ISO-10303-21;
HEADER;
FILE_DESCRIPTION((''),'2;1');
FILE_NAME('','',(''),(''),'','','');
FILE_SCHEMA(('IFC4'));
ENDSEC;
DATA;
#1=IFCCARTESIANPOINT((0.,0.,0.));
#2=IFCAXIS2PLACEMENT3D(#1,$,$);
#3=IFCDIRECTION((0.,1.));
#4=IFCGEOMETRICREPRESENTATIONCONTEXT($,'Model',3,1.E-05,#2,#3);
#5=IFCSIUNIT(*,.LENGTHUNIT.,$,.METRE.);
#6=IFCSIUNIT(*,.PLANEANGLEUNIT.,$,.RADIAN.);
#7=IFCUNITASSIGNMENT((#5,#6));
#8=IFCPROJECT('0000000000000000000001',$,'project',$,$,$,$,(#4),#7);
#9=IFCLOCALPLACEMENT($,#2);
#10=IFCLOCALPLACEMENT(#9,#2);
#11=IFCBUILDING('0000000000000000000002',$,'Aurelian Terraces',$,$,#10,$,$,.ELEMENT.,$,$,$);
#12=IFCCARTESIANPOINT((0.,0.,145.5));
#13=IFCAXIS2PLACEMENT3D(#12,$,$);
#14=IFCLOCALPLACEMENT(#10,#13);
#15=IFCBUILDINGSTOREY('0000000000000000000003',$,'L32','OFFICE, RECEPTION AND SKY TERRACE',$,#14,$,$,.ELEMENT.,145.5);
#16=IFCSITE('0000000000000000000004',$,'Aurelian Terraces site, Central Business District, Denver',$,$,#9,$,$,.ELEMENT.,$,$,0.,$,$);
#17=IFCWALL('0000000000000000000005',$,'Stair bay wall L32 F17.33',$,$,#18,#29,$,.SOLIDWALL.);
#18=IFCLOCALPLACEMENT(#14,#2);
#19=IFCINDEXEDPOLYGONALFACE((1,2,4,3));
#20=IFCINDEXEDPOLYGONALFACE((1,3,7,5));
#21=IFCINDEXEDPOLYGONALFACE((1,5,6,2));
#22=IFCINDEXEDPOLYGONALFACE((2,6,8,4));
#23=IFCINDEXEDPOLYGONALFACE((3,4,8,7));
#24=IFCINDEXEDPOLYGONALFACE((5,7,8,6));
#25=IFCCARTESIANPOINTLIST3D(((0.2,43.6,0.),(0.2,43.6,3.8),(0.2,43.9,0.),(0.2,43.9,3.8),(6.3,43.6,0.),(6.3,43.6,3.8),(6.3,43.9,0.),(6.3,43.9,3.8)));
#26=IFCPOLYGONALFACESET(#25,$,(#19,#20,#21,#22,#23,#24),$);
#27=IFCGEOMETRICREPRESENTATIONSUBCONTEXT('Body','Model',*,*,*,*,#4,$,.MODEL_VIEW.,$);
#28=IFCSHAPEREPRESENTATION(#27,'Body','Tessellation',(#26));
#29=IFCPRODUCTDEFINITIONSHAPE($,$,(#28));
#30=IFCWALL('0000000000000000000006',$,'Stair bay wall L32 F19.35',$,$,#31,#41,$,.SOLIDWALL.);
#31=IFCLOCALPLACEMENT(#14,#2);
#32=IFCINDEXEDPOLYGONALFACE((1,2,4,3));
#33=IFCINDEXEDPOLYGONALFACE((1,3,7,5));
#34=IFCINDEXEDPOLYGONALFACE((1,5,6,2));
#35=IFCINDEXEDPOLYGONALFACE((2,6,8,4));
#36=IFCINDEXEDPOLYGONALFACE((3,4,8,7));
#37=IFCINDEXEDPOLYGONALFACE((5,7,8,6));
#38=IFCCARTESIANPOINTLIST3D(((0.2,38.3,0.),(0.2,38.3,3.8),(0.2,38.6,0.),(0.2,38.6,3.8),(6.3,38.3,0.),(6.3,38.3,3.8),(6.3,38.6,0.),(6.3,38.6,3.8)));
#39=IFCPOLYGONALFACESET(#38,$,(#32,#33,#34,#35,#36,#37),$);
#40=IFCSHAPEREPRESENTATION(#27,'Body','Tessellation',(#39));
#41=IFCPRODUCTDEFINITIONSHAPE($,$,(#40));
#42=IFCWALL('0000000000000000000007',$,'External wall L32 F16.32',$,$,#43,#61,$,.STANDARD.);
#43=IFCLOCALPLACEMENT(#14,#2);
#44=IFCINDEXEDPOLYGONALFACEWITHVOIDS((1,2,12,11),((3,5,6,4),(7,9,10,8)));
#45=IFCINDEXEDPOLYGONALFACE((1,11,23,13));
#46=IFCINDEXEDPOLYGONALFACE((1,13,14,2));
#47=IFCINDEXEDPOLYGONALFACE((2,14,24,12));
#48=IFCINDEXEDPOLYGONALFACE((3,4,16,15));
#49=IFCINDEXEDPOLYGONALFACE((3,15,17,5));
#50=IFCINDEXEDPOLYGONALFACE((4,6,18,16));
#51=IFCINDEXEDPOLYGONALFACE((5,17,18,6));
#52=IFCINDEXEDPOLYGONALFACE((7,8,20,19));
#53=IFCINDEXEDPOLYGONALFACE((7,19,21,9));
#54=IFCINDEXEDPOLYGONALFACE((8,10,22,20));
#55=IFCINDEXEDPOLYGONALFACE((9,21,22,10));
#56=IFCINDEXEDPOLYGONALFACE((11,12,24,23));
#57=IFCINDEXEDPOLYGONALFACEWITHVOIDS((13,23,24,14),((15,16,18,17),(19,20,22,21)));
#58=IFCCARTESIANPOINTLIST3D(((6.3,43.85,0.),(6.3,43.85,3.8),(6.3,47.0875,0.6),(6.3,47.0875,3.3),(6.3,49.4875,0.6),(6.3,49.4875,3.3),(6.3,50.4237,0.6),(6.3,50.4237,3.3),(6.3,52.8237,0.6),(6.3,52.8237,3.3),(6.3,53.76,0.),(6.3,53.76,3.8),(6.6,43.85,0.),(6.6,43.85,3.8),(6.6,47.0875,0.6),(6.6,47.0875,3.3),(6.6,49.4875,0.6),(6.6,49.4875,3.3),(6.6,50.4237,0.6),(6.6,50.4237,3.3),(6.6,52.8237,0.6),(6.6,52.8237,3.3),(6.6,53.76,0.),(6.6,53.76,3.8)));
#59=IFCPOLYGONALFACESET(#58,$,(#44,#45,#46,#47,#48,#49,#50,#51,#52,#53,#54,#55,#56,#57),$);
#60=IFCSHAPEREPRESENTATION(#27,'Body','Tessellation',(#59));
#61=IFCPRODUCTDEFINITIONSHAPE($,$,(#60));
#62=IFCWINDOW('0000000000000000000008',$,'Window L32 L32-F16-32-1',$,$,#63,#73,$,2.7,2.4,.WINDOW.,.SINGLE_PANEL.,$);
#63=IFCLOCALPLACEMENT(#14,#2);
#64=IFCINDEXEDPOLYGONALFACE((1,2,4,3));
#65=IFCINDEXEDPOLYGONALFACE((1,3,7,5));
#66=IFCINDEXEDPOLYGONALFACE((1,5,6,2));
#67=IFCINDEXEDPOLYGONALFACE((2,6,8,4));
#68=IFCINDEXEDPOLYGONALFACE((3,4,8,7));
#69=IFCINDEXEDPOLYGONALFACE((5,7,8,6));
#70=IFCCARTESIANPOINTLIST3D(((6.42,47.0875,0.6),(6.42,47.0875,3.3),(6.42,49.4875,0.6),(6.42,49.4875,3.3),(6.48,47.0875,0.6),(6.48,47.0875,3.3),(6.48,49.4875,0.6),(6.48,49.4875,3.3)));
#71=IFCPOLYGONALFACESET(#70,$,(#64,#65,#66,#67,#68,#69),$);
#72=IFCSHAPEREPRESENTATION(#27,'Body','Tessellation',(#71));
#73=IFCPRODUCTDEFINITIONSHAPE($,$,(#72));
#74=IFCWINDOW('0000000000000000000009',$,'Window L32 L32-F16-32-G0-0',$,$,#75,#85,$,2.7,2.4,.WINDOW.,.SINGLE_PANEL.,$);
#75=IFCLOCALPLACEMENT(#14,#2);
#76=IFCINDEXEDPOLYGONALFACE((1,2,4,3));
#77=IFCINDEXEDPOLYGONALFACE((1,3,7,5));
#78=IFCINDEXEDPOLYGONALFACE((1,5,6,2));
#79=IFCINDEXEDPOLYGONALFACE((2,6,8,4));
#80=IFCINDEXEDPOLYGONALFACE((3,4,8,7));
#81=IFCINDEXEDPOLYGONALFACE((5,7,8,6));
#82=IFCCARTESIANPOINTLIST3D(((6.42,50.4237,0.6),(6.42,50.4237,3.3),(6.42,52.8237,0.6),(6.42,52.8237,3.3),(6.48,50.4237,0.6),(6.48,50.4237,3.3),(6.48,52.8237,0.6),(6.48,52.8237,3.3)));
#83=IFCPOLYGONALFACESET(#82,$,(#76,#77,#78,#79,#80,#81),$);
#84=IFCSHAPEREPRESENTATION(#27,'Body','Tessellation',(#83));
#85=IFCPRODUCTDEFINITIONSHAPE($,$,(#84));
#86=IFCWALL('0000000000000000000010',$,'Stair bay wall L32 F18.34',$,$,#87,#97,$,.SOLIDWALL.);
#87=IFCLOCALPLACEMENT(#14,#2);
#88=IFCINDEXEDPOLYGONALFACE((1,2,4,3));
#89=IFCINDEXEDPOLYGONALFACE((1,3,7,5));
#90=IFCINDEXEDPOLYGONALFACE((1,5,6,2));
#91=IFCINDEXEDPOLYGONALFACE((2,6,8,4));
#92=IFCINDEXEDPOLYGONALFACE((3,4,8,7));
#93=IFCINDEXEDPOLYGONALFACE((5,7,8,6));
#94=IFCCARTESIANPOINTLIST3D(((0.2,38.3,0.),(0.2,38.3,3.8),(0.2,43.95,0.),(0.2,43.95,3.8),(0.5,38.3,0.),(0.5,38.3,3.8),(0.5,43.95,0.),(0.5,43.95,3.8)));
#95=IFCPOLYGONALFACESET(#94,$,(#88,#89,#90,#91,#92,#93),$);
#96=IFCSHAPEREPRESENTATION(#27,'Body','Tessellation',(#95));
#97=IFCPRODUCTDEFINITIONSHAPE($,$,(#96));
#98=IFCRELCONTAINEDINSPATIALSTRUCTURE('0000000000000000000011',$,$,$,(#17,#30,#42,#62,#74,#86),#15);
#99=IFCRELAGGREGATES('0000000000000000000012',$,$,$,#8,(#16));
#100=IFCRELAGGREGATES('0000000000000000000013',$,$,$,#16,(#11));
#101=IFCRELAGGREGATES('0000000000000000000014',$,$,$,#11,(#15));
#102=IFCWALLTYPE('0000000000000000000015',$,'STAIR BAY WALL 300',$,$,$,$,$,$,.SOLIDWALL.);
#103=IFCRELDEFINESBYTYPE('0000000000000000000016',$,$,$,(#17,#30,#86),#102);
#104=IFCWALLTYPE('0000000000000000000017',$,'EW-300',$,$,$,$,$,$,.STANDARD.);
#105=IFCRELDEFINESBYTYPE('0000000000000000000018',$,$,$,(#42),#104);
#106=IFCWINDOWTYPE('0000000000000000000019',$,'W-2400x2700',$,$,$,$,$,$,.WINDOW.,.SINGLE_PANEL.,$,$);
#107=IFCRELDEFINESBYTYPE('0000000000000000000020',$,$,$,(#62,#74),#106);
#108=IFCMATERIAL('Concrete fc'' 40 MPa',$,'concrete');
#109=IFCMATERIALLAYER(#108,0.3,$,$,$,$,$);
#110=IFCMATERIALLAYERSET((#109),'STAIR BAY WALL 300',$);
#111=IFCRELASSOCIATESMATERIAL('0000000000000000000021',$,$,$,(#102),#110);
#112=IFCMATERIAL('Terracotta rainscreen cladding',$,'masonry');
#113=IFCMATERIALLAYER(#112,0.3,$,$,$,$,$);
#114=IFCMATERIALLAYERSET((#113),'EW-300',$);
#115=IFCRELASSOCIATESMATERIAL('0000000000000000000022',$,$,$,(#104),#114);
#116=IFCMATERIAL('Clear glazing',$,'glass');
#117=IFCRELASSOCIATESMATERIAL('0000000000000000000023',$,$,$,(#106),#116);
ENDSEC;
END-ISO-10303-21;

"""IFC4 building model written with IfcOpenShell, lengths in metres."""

from ifc_helpers import new_model, si_unit, direction, frame, frame_2d, origin, place, context, subcontext, project, spatial, rectangle, extrude, source, transform, mapped, material, layer, layer_set, type_object, element, fill, save


model = new_model("IFC4")

# Units and contexts
model_context = context("Model", 3, precision=1e-05, world=origin(), true_north=direction((0.0, 1.0)))
body_context = subcontext(model_context, "Body", "Model", "MODEL_VIEW")
ifc_project = project(units=[si_unit("LENGTHUNIT", "METRE"), si_unit("PLANEANGLEUNIT", "RADIAN")], contexts=[model_context])

# Site, building, storey
site_placement = place(None, origin())
site = spatial("IfcSite", under=ifc_project, at=site_placement, Name="Aurelian Terraces site, Central Business District, Denver", CompositionType="ELEMENT", RefElevation=0.0)
building_placement = place(site_placement, origin())
building = spatial("IfcBuilding", under=site, at=building_placement, Name="Aurelian Terraces", CompositionType="ELEMENT")
storey_placement = place(building_placement, frame((0.0, 0.0, 145.5)))
storey = spatial("IfcBuildingStorey", under=building, at=storey_placement, Name="L32", Description="OFFICE, RECEPTION AND SKY TERRACE", CompositionType="ELEMENT", Elevation=145.5)

# Walls
ifc_material_1 = material(Name="Concrete fc' 40 MPa", Category="concrete")
ifc_layer_1 = layer(ifc_material_1, 0.3)
ifc_layer_set_1 = layer_set([ifc_layer_1], Name="STAIR BAY WALL 300")
wall_type_1 = type_object("IfcWallType", Name="STAIR BAY WALL 300", PredefinedType="SOLIDWALL", material=ifc_layer_set_1)
shared_shape_1 = source(origin(), body_context, "Body", "SweptSolid", [
    extrude(rectangle(XDim=6.1, YDim=0.3, at=frame_2d((3.05, 0.0))), origin(), (0.0, 0.0, 1.0), 3.8),
])
for number, where, z_axis, x_axis, name in (
    (1, (6.3, 43.75, 0.0), (0.0, 0.0, 1.0), (-1.0, 0.0, 0.0), "Stair bay wall L32 F17.33"),
    (2, (0.2, 38.45, 0.0), (0.0, 0.0, 1.0), (1.0, 0.0, 0.0), "Stair bay wall L32 F19.35"),
):
    element("IfcWall", number, at=place(storey_placement, frame(where, z_axis=z_axis, x_axis=x_axis)), inside=storey, type_object=wall_type_1, Name=name, PredefinedType="SOLIDWALL", context=body_context, shape_type="MappedRepresentation", body=[
        mapped(shared_shape_1, transform((0.0, 0.0, 0.0), scale=1.0)),
    ])

# Wall, openings, windows
ifc_material_2 = material(Name="Terracotta rainscreen cladding", Category="masonry")
ifc_layer_2 = layer(ifc_material_2, 0.3)
ifc_layer_set_2 = layer_set([ifc_layer_2], Name="EW-300")
wall_type_2 = type_object("IfcWallType", Name="EW-300", PredefinedType="STANDARD", material=ifc_layer_set_2)
shared_shape_2 = source(origin(), body_context, "Body", "SweptSolid", [
    extrude(rectangle(XDim=9.91, YDim=0.3, at=frame_2d((4.955, 0.0))), origin(), (0.0, 0.0, 1.0), 3.8),
])
wall_1_placement = place(storey_placement, frame((6.45, 53.76, 0.0), z_axis=(0.0, 0.0, 1.0), x_axis=(0.0, -1.0, 0.0)))
wall_1 = element("IfcWall", 3, at=wall_1_placement, inside=storey, type_object=wall_type_2, Name="External wall L32 F16.32", PredefinedType="STANDARD", context=body_context, shape_type="MappedRepresentation", body=[
    mapped(shared_shape_2, transform((0.0, 0.0, 0.0), scale=1.0)),
])
shared_shape_3 = source(origin(), body_context, "Body", "SweptSolid", [
    extrude(rectangle(XDim=2.4, YDim=2.7, at=frame_2d((1.2, 1.35))), frame((0.0, 0.16, 0.0), z_axis=(0.0, -1.0, 0.0), x_axis=(1.0, 0.0, 0.0)), (0.0, 0.0, 1.0), 0.32),
])
opening_1_placement = place(wall_1_placement, frame((4.2725, 0.0, 0.6)))
opening_1 = element("IfcOpeningElement", 4, at=opening_1_placement, cuts=wall_1, PredefinedType="OPENING", context=body_context, shape_type="MappedRepresentation", body=[
    mapped(shared_shape_3, transform((0.0, 0.0, 0.0), scale=1.0)),
])
opening_2_placement = place(wall_1_placement, frame((0.9363, 0.0, 0.6)))
opening_2 = element("IfcOpeningElement", 5, at=opening_2_placement, cuts=wall_1, PredefinedType="OPENING", context=body_context, shape_type="MappedRepresentation", body=[
    mapped(shared_shape_3, transform((0.0, 0.0, 0.0), scale=1.0)),
])
ifc_material_3 = material(Name="Clear glazing", Category="glass")
window_type_1 = type_object("IfcWindowType", Name="W-2400x2700", PartitioningType="SINGLE_PANEL", PredefinedType="WINDOW", material=ifc_material_3)
shared_shape_4 = source(origin(), body_context, "Body", "SweptSolid", [
    extrude(rectangle(XDim=2.4, YDim=2.7, at=frame_2d((1.2, 1.35))), frame((0.0, 0.03, 0.0), z_axis=(0.0, -1.0, 0.0), x_axis=(1.0, 0.0, 0.0)), (0.0, 0.0, 1.0), 0.06),
])
window_1_placement = place(opening_1_placement, origin())
window_1 = element("IfcWindow", 6, at=window_1_placement, inside=storey, type_object=window_type_1, Name="Window L32 L32-F16-32-1", OverallHeight=2.7, OverallWidth=2.4, PartitioningType="SINGLE_PANEL", PredefinedType="WINDOW", context=body_context, shape_type="MappedRepresentation", body=[
    mapped(shared_shape_4, transform((0.0, 0.0, 0.0), scale=1.0)),
])
fill(opening_1, window_1)
window_2_placement = place(opening_2_placement, origin())
window_2 = element("IfcWindow", 7, at=window_2_placement, inside=storey, type_object=window_type_1, Name="Window L32 L32-F16-32-G0-0", OverallHeight=2.7, OverallWidth=2.4, PartitioningType="SINGLE_PANEL", PredefinedType="WINDOW", context=body_context, shape_type="MappedRepresentation", body=[
    mapped(shared_shape_4, transform((0.0, 0.0, 0.0), scale=1.0)),
])
fill(opening_2, window_2)

# Wall
shared_shape_5 = source(origin(), body_context, "Body", "SweptSolid", [
    extrude(rectangle(XDim=5.65, YDim=0.3, at=frame_2d((2.825, 0.0))), origin(), (0.0, 0.0, 1.0), 3.8),
])
wall_2_placement = place(storey_placement, frame((0.35, 43.95, 0.0), z_axis=(0.0, 0.0, 1.0), x_axis=(0.0, -1.0, 0.0)))
element("IfcWall", 8, at=wall_2_placement, inside=storey, type_object=wall_type_1, Name="Stair bay wall L32 F18.34", PredefinedType="SOLIDWALL", context=body_context, shape_type="MappedRepresentation", body=[
    mapped(shared_shape_5, transform((0.0, 0.0, 0.0), scale=1.0)),
])

save(model, "model.ifc")
